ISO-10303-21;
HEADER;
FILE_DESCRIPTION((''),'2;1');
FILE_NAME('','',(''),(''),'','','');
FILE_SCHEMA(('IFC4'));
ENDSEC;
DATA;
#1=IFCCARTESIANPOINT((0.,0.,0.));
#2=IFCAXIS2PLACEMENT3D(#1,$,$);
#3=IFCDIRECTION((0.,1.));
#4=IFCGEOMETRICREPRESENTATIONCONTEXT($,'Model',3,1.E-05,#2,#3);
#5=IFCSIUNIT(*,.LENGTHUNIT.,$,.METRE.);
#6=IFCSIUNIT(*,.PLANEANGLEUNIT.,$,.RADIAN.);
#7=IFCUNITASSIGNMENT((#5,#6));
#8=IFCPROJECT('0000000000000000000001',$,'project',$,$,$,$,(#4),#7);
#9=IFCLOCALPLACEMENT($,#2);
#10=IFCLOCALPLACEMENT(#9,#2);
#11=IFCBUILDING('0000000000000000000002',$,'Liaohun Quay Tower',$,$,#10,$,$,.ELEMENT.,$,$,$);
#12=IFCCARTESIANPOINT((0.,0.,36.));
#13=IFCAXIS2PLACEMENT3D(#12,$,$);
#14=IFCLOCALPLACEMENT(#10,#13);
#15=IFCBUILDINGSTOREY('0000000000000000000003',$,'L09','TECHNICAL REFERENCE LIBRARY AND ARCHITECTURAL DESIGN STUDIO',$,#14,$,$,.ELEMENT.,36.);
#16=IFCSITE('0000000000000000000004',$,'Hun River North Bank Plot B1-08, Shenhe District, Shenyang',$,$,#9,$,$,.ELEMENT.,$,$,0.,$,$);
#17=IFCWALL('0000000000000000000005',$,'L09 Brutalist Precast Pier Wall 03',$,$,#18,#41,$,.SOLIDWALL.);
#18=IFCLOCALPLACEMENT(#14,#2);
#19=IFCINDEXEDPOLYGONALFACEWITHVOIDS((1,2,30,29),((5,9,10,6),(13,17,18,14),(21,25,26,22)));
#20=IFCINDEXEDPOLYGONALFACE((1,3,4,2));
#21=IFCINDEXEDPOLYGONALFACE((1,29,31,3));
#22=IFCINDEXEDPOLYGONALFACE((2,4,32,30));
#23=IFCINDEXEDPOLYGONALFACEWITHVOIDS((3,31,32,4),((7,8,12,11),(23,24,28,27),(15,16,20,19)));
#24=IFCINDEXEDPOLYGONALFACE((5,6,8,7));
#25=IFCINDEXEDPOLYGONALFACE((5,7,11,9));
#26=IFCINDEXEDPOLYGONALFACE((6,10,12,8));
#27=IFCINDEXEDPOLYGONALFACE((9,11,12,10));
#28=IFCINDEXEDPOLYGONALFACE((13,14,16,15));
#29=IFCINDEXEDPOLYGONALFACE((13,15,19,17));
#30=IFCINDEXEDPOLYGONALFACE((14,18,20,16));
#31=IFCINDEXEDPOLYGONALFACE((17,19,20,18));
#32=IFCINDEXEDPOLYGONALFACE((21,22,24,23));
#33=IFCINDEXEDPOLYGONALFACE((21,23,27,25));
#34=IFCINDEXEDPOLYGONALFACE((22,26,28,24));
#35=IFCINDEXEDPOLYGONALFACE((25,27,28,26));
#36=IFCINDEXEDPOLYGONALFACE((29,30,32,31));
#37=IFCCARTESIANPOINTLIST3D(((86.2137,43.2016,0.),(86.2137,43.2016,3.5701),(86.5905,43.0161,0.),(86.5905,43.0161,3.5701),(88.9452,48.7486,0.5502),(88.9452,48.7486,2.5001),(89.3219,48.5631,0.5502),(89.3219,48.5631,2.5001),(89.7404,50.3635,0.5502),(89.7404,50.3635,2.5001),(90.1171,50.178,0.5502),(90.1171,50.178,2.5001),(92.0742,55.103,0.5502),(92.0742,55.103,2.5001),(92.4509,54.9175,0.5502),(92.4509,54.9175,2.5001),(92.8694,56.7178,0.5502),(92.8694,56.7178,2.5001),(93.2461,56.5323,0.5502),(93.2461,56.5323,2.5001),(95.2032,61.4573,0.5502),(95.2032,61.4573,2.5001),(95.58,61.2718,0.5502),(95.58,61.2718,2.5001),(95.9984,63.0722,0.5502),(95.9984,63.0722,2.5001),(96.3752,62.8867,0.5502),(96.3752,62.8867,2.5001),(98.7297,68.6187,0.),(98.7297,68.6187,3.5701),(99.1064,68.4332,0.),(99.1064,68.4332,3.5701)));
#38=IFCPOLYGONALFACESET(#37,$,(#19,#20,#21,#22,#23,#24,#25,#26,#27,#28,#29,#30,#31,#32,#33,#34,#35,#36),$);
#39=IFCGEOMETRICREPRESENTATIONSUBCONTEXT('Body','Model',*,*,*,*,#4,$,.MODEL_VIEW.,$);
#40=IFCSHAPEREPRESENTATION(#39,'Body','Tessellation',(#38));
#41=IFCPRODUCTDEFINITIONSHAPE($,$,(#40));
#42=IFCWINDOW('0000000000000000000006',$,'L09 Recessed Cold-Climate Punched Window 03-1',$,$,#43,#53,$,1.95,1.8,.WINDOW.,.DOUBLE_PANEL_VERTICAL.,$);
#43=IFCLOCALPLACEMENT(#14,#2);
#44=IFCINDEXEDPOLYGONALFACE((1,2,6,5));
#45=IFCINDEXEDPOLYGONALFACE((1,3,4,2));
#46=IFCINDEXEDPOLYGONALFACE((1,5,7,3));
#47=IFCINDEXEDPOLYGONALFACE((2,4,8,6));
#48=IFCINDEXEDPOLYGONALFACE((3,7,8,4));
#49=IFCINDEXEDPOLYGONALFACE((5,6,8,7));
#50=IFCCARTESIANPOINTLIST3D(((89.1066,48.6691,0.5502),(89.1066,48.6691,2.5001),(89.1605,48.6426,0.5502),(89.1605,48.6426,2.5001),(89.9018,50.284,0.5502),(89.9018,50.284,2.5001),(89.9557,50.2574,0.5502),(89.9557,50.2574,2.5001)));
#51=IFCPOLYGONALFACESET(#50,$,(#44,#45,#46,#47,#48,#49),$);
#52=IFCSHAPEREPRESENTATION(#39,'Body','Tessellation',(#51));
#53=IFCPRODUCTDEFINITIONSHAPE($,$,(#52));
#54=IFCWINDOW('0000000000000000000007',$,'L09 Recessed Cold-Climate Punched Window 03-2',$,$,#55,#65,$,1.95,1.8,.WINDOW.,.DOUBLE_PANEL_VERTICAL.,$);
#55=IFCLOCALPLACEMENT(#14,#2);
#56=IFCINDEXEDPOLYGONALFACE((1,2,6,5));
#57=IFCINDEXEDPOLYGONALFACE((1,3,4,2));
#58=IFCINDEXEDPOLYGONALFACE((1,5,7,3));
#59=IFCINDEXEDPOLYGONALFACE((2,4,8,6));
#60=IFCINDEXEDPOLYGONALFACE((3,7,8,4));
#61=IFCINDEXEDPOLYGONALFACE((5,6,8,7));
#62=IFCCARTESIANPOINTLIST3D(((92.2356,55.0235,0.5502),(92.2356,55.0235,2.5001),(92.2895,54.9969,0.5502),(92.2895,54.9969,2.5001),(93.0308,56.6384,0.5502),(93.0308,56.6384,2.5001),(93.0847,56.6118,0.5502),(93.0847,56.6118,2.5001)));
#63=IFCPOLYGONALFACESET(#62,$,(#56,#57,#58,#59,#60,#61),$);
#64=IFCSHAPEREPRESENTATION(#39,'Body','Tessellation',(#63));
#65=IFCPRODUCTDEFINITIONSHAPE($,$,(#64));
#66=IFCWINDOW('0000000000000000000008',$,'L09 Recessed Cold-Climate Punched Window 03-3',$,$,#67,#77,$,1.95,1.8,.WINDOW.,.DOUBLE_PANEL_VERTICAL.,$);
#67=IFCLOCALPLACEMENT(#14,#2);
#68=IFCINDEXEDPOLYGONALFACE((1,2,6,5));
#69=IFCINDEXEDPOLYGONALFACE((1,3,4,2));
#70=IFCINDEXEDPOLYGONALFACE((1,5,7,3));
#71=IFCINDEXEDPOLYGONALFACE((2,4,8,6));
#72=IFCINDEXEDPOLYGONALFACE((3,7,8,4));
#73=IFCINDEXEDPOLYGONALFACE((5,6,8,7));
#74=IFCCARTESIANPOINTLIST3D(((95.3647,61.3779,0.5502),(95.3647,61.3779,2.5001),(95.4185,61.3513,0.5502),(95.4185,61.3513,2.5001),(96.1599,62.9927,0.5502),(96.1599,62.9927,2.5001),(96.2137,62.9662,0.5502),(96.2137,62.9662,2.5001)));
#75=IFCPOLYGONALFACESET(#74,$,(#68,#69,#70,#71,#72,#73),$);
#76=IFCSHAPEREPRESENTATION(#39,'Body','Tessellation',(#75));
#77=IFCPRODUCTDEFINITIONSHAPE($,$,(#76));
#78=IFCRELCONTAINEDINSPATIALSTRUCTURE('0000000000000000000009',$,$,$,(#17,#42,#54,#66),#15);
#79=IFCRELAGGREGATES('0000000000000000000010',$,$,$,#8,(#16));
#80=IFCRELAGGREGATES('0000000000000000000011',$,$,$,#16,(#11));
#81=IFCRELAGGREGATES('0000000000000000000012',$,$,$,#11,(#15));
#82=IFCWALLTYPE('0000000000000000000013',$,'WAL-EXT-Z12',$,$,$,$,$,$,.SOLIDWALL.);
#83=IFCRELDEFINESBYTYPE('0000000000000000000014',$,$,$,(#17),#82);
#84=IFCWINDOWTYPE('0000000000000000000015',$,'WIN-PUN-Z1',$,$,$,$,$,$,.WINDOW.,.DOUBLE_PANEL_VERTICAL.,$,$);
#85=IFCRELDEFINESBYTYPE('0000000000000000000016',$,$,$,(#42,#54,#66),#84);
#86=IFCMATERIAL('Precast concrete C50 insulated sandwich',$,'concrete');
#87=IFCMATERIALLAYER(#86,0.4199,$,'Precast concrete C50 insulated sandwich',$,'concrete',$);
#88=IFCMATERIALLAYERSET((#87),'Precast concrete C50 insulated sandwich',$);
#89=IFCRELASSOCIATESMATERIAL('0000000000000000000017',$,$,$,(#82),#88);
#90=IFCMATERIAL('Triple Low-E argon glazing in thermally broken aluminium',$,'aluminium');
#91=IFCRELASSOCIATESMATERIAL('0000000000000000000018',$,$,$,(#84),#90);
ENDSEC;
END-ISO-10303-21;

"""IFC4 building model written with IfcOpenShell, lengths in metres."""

from ifc_helpers import new_model, si_unit, direction, frame, frame_2d, origin, place, context, subcontext, project, spatial, rectangle, extrude, source, transform, mapped, material, layer, layer_set, type_object, element, fill, save


model = new_model("IFC4")

# Units and contexts
model_context = context("Model", 3, precision=1e-05, world=origin(), true_north=direction((0.0, 1.0)))
body_context = subcontext(model_context, "Body", "Model", "MODEL_VIEW")
ifc_project = project(units=[si_unit("LENGTHUNIT", "METRE"), si_unit("PLANEANGLEUNIT", "RADIAN")], contexts=[model_context])

# Site, building, storey
site_placement = place(None, origin())
site = spatial("IfcSite", under=ifc_project, at=site_placement, Name="Hun River North Bank Plot B1-08, Shenhe District, Shenyang", CompositionType="ELEMENT", RefElevation=0.0)
building_placement = place(site_placement, origin())
building = spatial("IfcBuilding", under=site, at=building_placement, Name="Liaohun Quay Tower", CompositionType="ELEMENT")
storey_placement = place(building_placement, frame((0.0, 0.0, 36.0)))
storey = spatial("IfcBuildingStorey", under=building, at=storey_placement, Name="L09", Description="TECHNICAL REFERENCE LIBRARY AND ARCHITECTURAL DESIGN STUDIO", CompositionType="ELEMENT", Elevation=36.0)

# Shared definitions
ifc_material_1 = material(Name="Precast concrete C50 insulated sandwich", Category="concrete")
ifc_layer_1 = layer(ifc_material_1, 0.4199, Name="Precast concrete C50 insulated sandwich", Category="concrete")
ifc_layer_set_1 = layer_set([ifc_layer_1], Name="Precast concrete C50 insulated sandwich")
wall_type_1 = type_object("IfcWallType", Name="WAL-EXT-Z12", PredefinedType="SOLIDWALL", material=ifc_layer_set_1)

# Wall, openings, windows
shared_shape_1 = source(origin(), body_context, "Body", "SweptSolid", [
    extrude(rectangle(XDim=1.8, YDim=1.95, at=frame_2d((0.8999, 0.9751))), frame((0.0, 0.22, 0.0), z_axis=(0.0, -1.0, 0.0), x_axis=(1.0, 0.0, 0.0)), (0.0, 0.0, 1.0), 0.4399),
])
ifc_material_2 = material(Name="Triple Low-E argon glazing in thermally broken aluminium", Category="aluminium")
window_type_1 = type_object("IfcWindowType", Name="WIN-PUN-Z1", PartitioningType="DOUBLE_PANEL_VERTICAL", PredefinedType="WINDOW", material=ifc_material_2)
shared_shape_2 = source(origin(), body_context, "Body", "SweptSolid", [
    extrude(rectangle(XDim=1.8, YDim=1.95, at=frame_2d((0.8999, 0.9751))), frame((0.0, 0.03, 0.0), z_axis=(0.0, -1.0, 0.0), x_axis=(1.0, 0.0, 0.0)), (0.0, 0.0, 1.0), 0.0601),
])
wall_1_placement = place(storey_placement, frame((86.4021, 43.1089, 0.0), z_axis=(0.0, 0.0, 1.0), x_axis=(0.441766, 0.89713, 0.0)))
wall_1 = element("IfcWall", 1, at=wall_1_placement, inside=storey, type_object=wall_type_1, Name="L09 Brutalist Precast Pier Wall 03", PredefinedType="SOLIDWALL", context=body_context, shape_type="SweptSolid", body=[
    extrude(rectangle(XDim=28.3315, YDim=0.4199, at=frame_2d((14.1658, 0.0))), origin(), (0.0, 0.0, 1.0), 3.5701),
])
opening_1_placement = place(wall_1_placement, frame((6.1831, 0.0, 0.55)))
opening_1 = element("IfcOpeningElement", 2, at=opening_1_placement, cuts=wall_1, PredefinedType="OPENING", context=body_context, shape_type="MappedRepresentation", body=[
    mapped(shared_shape_1, transform((0.0, 0.0, 0.0), x_axis=(1.0, 0.0, 0.0), y_axis=(0.0, 1.0, 0.0), z_axis=(0.0, 0.0, 1.0), scale=1.0)),
])
opening_2_placement = place(wall_1_placement, frame((13.2661, 0.0, 0.55)))
opening_2 = element("IfcOpeningElement", 3, at=opening_2_placement, cuts=wall_1, PredefinedType="OPENING", context=body_context, shape_type="MappedRepresentation", body=[
    mapped(shared_shape_1, transform((0.0, 0.0, 0.0), x_axis=(1.0, 0.0, 0.0), y_axis=(0.0, 1.0, 0.0), z_axis=(0.0, 0.0, 1.0), scale=1.0)),
])
opening_3_placement = place(wall_1_placement, frame((20.3491, 0.0, 0.55)))
opening_3 = element("IfcOpeningElement", 4, at=opening_3_placement, cuts=wall_1, PredefinedType="OPENING", context=body_context, shape_type="MappedRepresentation", body=[
    mapped(shared_shape_1, transform((0.0, 0.0, 0.0), x_axis=(1.0, 0.0, 0.0), y_axis=(0.0, 1.0, 0.0), z_axis=(0.0, 0.0, 1.0), scale=1.0)),
])
window_1_placement = place(opening_1_placement, origin())
window_1 = element("IfcWindow", 5, at=window_1_placement, inside=storey, type_object=window_type_1, Name="L09 Recessed Cold-Climate Punched Window 03-1", OverallHeight=1.95, OverallWidth=1.8, PartitioningType="DOUBLE_PANEL_VERTICAL", PredefinedType="WINDOW", context=body_context, shape_type="MappedRepresentation", body=[
    mapped(shared_shape_2, transform((0.0, 0.0, 0.0), x_axis=(1.0, 0.0, 0.0), y_axis=(0.0, 1.0, 0.0), z_axis=(0.0, 0.0, 1.0), scale=1.0)),
])
fill(opening_1, window_1)
window_2_placement = place(opening_2_placement, origin())
window_2 = element("IfcWindow", 6, at=window_2_placement, inside=storey, type_object=window_type_1, Name="L09 Recessed Cold-Climate Punched Window 03-2", OverallHeight=1.95, OverallWidth=1.8, PartitioningType="DOUBLE_PANEL_VERTICAL", PredefinedType="WINDOW", context=body_context, shape_type="MappedRepresentation", body=[
    mapped(shared_shape_2, transform((0.0, 0.0, 0.0), x_axis=(1.0, 0.0, 0.0), y_axis=(0.0, 1.0, 0.0), z_axis=(0.0, 0.0, 1.0), scale=1.0)),
])
fill(opening_2, window_2)
window_3_placement = place(opening_3_placement, origin())
window_3 = element("IfcWindow", 7, at=window_3_placement, inside=storey, type_object=window_type_1, Name="L09 Recessed Cold-Climate Punched Window 03-3", OverallHeight=1.95, OverallWidth=1.8, PartitioningType="DOUBLE_PANEL_VERTICAL", PredefinedType="WINDOW", context=body_context, shape_type="MappedRepresentation", body=[
    mapped(shared_shape_2, transform((0.0, 0.0, 0.0), x_axis=(1.0, 0.0, 0.0), y_axis=(0.0, 1.0, 0.0), z_axis=(0.0, 0.0, 1.0), scale=1.0)),
])
fill(opening_3, window_3)

save(model, "model.ifc")
